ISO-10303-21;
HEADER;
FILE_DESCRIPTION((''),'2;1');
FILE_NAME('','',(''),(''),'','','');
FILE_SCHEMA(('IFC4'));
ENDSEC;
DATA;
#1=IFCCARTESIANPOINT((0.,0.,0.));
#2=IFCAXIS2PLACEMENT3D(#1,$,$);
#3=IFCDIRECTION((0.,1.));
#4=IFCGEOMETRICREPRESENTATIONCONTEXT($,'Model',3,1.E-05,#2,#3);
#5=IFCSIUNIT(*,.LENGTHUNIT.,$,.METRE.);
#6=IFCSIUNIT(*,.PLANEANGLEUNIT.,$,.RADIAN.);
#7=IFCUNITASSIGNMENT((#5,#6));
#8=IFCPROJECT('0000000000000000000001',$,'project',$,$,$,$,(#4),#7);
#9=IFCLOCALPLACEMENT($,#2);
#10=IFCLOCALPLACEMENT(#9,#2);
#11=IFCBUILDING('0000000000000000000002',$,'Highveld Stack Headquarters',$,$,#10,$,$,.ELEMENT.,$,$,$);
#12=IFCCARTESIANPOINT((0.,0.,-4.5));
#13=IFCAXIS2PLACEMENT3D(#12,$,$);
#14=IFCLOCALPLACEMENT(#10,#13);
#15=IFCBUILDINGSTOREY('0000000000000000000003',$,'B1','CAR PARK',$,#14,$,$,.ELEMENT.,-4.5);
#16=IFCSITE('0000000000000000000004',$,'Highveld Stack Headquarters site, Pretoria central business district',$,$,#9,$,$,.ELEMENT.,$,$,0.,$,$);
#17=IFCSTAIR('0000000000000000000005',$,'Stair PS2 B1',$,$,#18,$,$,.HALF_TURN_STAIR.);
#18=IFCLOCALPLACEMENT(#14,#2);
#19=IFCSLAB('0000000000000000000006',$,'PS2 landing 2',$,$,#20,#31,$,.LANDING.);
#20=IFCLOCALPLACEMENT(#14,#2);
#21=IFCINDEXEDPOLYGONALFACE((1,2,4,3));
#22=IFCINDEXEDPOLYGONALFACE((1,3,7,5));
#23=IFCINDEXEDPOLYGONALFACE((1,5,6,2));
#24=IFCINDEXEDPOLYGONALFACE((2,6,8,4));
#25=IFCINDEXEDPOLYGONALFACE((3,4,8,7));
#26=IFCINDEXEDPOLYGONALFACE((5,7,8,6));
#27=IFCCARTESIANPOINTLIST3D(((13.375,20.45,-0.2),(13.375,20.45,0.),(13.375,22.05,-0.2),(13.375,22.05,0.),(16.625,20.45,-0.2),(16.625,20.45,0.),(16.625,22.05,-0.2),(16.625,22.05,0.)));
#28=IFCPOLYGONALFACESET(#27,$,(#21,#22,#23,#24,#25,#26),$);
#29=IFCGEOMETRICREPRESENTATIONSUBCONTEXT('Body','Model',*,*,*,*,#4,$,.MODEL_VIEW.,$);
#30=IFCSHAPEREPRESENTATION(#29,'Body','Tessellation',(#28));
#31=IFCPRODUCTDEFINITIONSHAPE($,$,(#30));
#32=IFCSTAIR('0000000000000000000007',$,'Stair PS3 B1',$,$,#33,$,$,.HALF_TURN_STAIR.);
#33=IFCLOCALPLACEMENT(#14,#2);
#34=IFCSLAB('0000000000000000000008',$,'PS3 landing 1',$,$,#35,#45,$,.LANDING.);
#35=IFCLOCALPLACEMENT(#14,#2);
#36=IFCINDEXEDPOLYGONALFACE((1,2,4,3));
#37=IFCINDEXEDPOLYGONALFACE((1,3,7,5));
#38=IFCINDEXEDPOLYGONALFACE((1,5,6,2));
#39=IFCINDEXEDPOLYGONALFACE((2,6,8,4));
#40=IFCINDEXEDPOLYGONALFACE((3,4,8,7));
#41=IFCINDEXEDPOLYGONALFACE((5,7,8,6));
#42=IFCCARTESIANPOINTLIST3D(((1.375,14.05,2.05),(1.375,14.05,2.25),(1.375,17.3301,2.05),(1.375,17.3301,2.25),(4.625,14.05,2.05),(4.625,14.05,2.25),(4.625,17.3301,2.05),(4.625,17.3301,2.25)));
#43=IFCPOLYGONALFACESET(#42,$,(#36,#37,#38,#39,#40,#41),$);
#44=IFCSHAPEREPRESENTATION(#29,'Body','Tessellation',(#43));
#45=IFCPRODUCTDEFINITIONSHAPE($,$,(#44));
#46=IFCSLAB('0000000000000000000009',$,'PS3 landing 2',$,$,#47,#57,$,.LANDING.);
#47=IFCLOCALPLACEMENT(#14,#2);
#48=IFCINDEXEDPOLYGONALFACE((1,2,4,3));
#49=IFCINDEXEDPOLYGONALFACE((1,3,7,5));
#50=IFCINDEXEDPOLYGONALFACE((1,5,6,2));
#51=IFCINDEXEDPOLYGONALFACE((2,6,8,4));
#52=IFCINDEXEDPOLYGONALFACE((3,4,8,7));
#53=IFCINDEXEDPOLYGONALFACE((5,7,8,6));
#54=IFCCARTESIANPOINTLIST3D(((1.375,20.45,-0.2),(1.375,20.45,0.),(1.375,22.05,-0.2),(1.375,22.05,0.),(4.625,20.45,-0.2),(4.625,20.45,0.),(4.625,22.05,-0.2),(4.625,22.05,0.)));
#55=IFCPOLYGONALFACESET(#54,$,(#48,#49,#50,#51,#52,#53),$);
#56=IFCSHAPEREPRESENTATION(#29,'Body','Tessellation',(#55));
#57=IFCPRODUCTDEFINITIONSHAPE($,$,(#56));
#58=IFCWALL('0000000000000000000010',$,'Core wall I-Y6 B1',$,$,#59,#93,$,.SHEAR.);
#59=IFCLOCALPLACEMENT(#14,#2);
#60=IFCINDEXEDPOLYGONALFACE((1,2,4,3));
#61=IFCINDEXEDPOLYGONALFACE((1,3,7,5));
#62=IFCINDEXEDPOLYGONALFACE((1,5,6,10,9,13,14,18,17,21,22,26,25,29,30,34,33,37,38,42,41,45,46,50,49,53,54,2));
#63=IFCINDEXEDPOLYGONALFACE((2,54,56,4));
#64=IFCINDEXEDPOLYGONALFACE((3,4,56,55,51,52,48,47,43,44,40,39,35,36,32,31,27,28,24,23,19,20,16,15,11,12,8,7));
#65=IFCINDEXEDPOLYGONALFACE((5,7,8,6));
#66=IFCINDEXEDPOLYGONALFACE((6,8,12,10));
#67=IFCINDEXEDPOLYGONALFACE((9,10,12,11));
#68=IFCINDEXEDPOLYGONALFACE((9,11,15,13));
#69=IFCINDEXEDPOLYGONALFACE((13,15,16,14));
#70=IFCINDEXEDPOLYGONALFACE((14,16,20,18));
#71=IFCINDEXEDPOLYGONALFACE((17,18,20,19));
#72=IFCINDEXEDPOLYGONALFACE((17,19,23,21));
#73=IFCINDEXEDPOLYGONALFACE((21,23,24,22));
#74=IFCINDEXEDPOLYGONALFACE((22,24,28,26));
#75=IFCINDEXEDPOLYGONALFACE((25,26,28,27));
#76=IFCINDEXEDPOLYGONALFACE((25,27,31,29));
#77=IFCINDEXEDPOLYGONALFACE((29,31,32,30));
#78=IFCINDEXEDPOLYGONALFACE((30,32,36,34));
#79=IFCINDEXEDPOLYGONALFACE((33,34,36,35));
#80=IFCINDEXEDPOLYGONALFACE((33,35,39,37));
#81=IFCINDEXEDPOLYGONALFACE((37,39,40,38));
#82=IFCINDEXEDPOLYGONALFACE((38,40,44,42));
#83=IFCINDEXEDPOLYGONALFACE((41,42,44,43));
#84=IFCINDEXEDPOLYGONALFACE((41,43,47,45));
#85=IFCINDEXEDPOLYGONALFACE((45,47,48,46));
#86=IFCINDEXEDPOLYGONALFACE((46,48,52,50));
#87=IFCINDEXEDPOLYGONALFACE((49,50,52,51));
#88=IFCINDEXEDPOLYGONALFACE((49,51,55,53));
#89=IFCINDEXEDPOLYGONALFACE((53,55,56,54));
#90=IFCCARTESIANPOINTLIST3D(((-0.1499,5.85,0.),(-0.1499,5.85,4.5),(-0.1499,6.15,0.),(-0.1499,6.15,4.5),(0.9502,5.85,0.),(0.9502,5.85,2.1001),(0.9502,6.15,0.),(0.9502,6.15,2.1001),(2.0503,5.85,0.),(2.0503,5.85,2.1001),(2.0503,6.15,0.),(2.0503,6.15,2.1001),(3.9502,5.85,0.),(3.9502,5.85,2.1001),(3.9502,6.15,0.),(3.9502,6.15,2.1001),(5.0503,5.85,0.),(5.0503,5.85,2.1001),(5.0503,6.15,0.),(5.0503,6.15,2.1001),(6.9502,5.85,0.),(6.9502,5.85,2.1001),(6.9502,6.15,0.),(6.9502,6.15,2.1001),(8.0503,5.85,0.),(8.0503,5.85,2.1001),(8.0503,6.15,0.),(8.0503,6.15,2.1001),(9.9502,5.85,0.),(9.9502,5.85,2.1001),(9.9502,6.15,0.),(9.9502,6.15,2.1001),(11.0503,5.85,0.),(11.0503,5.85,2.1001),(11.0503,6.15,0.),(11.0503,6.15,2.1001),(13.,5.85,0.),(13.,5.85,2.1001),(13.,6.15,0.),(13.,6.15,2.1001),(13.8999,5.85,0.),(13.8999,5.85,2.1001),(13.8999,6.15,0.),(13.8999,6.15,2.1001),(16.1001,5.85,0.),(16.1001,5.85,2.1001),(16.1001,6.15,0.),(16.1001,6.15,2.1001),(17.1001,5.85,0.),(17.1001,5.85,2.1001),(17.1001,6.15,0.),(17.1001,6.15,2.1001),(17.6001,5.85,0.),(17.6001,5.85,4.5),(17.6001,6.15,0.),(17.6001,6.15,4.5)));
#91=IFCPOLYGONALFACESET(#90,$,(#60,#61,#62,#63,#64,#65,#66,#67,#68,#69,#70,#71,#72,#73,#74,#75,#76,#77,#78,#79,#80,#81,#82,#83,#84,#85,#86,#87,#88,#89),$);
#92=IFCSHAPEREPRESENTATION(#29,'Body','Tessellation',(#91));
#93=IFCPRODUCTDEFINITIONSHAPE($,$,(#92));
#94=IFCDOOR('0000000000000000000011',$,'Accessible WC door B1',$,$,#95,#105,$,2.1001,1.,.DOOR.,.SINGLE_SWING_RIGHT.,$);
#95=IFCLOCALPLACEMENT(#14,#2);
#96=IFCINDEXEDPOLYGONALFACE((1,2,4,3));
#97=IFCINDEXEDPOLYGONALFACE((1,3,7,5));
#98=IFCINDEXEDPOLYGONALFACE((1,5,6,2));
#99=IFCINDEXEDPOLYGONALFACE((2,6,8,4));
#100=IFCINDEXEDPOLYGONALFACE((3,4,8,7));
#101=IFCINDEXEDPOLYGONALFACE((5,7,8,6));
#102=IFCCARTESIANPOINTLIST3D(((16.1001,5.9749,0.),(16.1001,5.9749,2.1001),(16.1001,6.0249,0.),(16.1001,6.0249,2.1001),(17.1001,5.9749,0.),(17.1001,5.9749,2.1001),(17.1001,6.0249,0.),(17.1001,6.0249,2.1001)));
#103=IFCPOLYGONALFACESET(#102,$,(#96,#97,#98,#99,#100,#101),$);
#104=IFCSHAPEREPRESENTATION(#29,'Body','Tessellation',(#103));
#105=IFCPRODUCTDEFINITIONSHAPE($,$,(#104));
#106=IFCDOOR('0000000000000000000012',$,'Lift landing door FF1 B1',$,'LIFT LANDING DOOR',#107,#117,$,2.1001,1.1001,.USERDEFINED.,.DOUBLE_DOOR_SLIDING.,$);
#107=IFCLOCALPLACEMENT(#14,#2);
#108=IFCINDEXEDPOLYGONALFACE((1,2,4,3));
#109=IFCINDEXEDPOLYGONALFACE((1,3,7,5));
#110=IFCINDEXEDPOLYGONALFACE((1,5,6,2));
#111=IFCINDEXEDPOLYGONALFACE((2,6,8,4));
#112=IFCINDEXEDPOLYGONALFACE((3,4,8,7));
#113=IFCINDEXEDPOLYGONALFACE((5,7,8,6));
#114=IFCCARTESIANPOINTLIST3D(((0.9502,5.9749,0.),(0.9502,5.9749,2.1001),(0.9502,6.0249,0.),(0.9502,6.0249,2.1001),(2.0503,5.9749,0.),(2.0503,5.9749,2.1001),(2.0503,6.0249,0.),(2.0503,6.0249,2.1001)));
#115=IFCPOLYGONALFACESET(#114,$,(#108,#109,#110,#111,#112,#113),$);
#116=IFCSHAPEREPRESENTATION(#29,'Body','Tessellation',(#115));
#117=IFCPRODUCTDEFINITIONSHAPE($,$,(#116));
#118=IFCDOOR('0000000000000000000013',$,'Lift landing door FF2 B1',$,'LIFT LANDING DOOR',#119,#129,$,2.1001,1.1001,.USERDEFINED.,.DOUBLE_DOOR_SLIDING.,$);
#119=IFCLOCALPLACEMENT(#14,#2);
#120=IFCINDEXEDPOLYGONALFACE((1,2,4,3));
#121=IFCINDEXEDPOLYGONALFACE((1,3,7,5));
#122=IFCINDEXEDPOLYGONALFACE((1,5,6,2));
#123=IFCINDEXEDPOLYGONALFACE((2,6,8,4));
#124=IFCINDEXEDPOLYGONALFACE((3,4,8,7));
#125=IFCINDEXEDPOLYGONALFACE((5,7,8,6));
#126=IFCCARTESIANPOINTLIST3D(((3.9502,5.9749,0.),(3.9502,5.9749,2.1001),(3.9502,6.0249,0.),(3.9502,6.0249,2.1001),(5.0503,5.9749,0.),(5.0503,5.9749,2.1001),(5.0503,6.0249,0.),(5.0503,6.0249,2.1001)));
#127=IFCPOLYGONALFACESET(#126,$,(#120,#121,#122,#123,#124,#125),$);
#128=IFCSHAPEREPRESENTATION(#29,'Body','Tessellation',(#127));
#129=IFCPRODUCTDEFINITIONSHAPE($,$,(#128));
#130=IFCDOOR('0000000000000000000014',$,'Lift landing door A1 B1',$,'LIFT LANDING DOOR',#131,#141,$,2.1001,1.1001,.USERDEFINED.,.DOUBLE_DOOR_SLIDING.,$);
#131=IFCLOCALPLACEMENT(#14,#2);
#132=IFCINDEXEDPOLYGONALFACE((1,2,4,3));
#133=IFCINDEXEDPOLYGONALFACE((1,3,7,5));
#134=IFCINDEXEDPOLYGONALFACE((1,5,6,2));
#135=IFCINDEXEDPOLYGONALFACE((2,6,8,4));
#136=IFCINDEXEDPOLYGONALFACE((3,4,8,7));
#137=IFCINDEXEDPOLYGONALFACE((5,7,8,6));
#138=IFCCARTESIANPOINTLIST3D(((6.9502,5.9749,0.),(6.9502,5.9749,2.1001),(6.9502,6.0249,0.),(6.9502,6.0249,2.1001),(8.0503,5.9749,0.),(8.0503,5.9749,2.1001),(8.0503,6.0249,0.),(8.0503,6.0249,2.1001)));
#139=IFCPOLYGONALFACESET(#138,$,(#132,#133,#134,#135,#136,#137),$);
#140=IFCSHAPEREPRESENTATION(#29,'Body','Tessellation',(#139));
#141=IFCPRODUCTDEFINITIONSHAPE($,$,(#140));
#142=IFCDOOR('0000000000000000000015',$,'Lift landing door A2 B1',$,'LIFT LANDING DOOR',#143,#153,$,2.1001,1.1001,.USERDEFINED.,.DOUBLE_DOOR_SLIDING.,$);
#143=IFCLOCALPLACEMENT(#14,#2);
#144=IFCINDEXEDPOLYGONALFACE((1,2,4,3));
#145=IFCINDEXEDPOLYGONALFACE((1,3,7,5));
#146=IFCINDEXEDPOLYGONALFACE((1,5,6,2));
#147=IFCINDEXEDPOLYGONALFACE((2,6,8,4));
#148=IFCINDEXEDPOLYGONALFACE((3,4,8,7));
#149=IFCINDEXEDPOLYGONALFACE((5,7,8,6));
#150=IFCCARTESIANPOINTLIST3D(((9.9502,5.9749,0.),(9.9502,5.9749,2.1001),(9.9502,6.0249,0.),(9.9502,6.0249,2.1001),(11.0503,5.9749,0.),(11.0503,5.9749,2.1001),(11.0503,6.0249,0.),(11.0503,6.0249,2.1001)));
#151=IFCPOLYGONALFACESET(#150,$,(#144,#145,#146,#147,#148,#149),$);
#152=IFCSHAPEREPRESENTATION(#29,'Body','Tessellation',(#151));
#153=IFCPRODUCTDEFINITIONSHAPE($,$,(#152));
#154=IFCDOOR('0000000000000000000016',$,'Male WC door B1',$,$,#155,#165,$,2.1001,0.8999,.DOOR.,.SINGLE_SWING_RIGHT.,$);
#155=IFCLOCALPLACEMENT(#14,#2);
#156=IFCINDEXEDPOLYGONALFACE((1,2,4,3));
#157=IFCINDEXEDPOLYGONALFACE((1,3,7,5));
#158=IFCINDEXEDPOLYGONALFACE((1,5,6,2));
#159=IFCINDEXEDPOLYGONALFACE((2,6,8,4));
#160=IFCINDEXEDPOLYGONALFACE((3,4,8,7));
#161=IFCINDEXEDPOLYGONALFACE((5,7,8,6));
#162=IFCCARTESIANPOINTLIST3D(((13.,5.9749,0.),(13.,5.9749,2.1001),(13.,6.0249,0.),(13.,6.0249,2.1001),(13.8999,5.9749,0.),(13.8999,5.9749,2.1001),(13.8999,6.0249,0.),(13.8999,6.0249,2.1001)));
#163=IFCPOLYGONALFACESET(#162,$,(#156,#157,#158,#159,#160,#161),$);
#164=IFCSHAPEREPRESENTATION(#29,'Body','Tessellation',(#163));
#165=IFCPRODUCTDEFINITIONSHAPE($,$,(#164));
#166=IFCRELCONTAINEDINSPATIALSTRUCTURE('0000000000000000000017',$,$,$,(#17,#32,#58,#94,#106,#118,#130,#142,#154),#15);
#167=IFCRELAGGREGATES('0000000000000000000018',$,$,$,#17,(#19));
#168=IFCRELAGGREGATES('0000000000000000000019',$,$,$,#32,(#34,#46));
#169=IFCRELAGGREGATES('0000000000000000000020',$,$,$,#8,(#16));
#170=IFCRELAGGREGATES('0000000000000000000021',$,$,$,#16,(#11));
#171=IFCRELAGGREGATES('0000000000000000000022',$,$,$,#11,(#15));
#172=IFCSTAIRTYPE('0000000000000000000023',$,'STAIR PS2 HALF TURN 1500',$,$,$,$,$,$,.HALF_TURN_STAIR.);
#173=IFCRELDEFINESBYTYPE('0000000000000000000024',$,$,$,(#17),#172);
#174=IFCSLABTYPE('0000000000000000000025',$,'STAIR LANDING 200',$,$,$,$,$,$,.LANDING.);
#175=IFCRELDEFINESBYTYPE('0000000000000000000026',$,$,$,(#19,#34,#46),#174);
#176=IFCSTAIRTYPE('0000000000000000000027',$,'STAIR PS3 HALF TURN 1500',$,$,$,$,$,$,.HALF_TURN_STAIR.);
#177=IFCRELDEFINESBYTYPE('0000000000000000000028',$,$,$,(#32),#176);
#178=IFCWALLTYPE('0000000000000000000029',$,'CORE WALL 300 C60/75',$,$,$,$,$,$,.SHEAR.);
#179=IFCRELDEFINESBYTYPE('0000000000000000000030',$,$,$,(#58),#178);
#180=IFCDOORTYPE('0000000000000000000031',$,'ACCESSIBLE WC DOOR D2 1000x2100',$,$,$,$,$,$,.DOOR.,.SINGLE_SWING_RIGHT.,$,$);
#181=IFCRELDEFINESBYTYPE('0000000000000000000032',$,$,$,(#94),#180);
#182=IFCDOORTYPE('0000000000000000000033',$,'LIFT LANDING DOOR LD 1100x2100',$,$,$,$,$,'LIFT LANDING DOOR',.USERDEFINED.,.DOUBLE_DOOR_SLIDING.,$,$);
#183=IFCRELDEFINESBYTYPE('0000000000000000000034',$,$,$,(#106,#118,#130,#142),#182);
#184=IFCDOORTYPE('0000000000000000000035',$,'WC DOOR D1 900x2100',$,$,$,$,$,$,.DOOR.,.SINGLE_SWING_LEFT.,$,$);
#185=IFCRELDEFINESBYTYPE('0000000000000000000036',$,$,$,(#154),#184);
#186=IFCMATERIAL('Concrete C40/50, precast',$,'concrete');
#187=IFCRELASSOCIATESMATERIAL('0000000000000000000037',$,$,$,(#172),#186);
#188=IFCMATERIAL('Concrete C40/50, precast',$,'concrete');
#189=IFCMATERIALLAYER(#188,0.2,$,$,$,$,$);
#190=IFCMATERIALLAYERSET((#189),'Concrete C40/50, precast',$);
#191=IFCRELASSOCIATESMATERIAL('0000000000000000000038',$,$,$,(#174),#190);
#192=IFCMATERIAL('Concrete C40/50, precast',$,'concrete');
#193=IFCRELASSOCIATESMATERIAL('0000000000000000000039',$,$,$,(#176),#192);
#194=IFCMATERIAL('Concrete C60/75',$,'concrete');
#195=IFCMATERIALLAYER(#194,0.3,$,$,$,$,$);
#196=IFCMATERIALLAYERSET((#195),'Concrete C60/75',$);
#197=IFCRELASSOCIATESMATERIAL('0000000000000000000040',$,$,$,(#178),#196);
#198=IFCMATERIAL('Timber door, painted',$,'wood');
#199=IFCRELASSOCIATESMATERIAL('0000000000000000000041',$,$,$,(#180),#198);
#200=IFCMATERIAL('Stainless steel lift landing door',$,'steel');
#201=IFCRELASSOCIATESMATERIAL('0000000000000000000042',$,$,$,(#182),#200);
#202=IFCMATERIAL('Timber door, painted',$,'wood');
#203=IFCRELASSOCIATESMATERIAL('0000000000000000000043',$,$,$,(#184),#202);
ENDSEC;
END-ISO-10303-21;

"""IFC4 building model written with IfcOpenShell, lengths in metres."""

from ifc_helpers import new_model, si_unit, direction, frame, frame_2d, origin, place, context, subcontext, project, spatial, polyline, rectangle, outline, extrude, material, layer, layer_set, type_object, element, fill, aggregate, save


model = new_model("IFC4")

# Units and contexts
model_context = context("Model", 3, precision=1e-05, world=origin(), true_north=direction((0.0, 1.0)))
body_context = subcontext(model_context, "Body", "Model", "MODEL_VIEW")
ifc_project = project(units=[si_unit("LENGTHUNIT", "METRE"), si_unit("PLANEANGLEUNIT", "RADIAN")], contexts=[model_context])

# Site, building, storey
site_placement = place(None, origin())
site = spatial("IfcSite", under=ifc_project, at=site_placement, Name="Highveld Stack Headquarters site, Pretoria central business district", CompositionType="ELEMENT", RefElevation=0.0)
building_placement = place(site_placement, origin())
building = spatial("IfcBuilding", under=site, at=building_placement, Name="Highveld Stack Headquarters", CompositionType="ELEMENT")
storey_placement = place(building_placement, frame((0.0, 0.0, -4.5)))
storey = spatial("IfcBuildingStorey", under=building, at=storey_placement, Name="B1", Description="CAR PARK", CompositionType="ELEMENT", Elevation=-4.5)

# Stair, slab
ifc_material_1 = material(Name="Concrete C40/50, precast", Category="concrete")
stair_type_1 = type_object("IfcStairType", Name="STAIR PS2 HALF TURN 1500", PredefinedType="HALF_TURN_STAIR", material=ifc_material_1)
stair_1_placement = place(storey_placement, origin())
stair_1 = element("IfcStair", 1, at=stair_1_placement, inside=storey, type_object=stair_type_1, Name="Stair PS2 B1", PredefinedType="HALF_TURN_STAIR")
ifc_material_2 = material(Name="Concrete C40/50, precast", Category="concrete")
ifc_layer_1 = layer(ifc_material_2, 0.2)
ifc_layer_set_1 = layer_set([ifc_layer_1], Name="Concrete C40/50, precast")
slab_type = type_object("IfcSlabType", Name="STAIR LANDING 200", PredefinedType="LANDING", material=ifc_layer_set_1)
slab_1_placement = place(storey_placement, frame((0.0, 0.0, -0.2)))
slab_1 = element("IfcSlab", 2, at=slab_1_placement, type_object=slab_type, Name="PS2 landing 2", PredefinedType="LANDING", context=body_context, shape_type="SweptSolid", body=[
    extrude(outline(polyline([(13.375, 20.45), (16.625, 20.45), (16.625, 22.05), (13.375, 22.05), (13.375, 20.45)])), origin(), (0.0, 0.0, 1.0), 0.2),
])
aggregate(stair_1, [slab_1])

# Stair, slabs
ifc_material_3 = material(Name="Concrete C40/50, precast", Category="concrete")
stair_type_2 = type_object("IfcStairType", Name="STAIR PS3 HALF TURN 1500", PredefinedType="HALF_TURN_STAIR", material=ifc_material_3)
stair_2_placement = place(storey_placement, origin())
stair_2 = element("IfcStair", 3, at=stair_2_placement, inside=storey, type_object=stair_type_2, Name="Stair PS3 B1", PredefinedType="HALF_TURN_STAIR")
slab_2_placement = place(storey_placement, frame((0.0, 0.0, 2.05)))
slab_2 = element("IfcSlab", 4, at=slab_2_placement, type_object=slab_type, Name="PS3 landing 1", PredefinedType="LANDING", context=body_context, shape_type="SweptSolid", body=[
    extrude(outline(polyline([(1.375, 14.05), (4.625, 14.05), (4.625, 17.3301), (1.375, 17.3301), (1.375, 14.05)])), origin(), (0.0, 0.0, 1.0), 0.2),
])
slab_3_placement = place(storey_placement, frame((0.0, 0.0, -0.2)))
slab_3 = element("IfcSlab", 5, at=slab_3_placement, type_object=slab_type, Name="PS3 landing 2", PredefinedType="LANDING", context=body_context, shape_type="SweptSolid", body=[
    extrude(outline(polyline([(1.375, 20.45), (4.625, 20.45), (4.625, 22.05), (1.375, 22.05), (1.375, 20.45)])), origin(), (0.0, 0.0, 1.0), 0.2),
])
aggregate(stair_2, [slab_2, slab_3])

# Wall, openings, doors
ifc_material_4 = material(Name="Concrete C60/75", Category="concrete")
ifc_layer_2 = layer(ifc_material_4, 0.3)
ifc_layer_set_2 = layer_set([ifc_layer_2], Name="Concrete C60/75")
wall_type = type_object("IfcWallType", Name="CORE WALL 300 C60/75", PredefinedType="SHEAR", material=ifc_layer_set_2)
wall_placement = place(storey_placement, frame((-0.1499, 6.0, 0.0), z_axis=(0.0, 0.0, 1.0), x_axis=(1.0, 0.0, 0.0)))
wall = element("IfcWall", 6, at=wall_placement, inside=storey, type_object=wall_type, Name="Core wall I-Y6 B1", PredefinedType="SHEAR", context=body_context, shape_type="SweptSolid", body=[
    extrude(rectangle(XDim=17.75, YDim=0.3, at=frame_2d((8.875, 0.0))), origin(), (0.0, 0.0, 1.0), 4.5),
])
opening_1_placement = place(wall_placement, frame((13.1499, 0.0, 0.0)))
opening_1 = element("IfcOpeningElement", 7, at=opening_1_placement, cuts=wall, PredefinedType="OPENING", context=body_context, shape_type="SweptSolid", body=[
    extrude(rectangle(XDim=0.8999, YDim=2.1001, at=frame_2d((0.45, 1.05))), frame((0.0, 0.1599, 0.0), z_axis=(0.0, -1.0, 0.0), x_axis=(1.0, 0.0, 0.0)), (0.0, 0.0, 1.0), 0.3201),
])
opening_2_placement = place(wall_placement, frame((16.25, 0.0, 0.0)))
opening_2 = element("IfcOpeningElement", 8, at=opening_2_placement, cuts=wall, PredefinedType="OPENING", context=body_context, shape_type="SweptSolid", body=[
    extrude(rectangle(XDim=1.0, YDim=2.1001, at=frame_2d((0.5, 1.05))), frame((0.0, 0.1599, 0.0), z_axis=(0.0, -1.0, 0.0), x_axis=(1.0, 0.0, 0.0)), (0.0, 0.0, 1.0), 0.3201),
])
opening_3_placement = place(wall_placement, frame((1.1001, 0.0, 0.0)))
opening_3 = element("IfcOpeningElement", 9, at=opening_3_placement, cuts=wall, PredefinedType="OPENING", context=body_context, shape_type="SweptSolid", body=[
    extrude(rectangle(XDim=1.1001, YDim=2.1001, at=frame_2d((0.55, 1.05))), frame((0.0, 0.1599, 0.0), z_axis=(0.0, -1.0, 0.0), x_axis=(1.0, 0.0, 0.0)), (0.0, 0.0, 1.0), 0.3201),
])
opening_4_placement = place(wall_placement, frame((4.1001, 0.0, 0.0)))
opening_4 = element("IfcOpeningElement", 10, at=opening_4_placement, cuts=wall, PredefinedType="OPENING", context=body_context, shape_type="SweptSolid", body=[
    extrude(rectangle(XDim=1.1001, YDim=2.1001, at=frame_2d((0.55, 1.05))), frame((0.0, 0.1599, 0.0), z_axis=(0.0, -1.0, 0.0), x_axis=(1.0, 0.0, 0.0)), (0.0, 0.0, 1.0), 0.3201),
])
opening_5_placement = place(wall_placement, frame((7.1001, 0.0, 0.0)))
opening_5 = element("IfcOpeningElement", 11, at=opening_5_placement, cuts=wall, PredefinedType="OPENING", context=body_context, shape_type="SweptSolid", body=[
    extrude(rectangle(XDim=1.1001, YDim=2.1001, at=frame_2d((0.55, 1.05))), frame((0.0, 0.1599, 0.0), z_axis=(0.0, -1.0, 0.0), x_axis=(1.0, 0.0, 0.0)), (0.0, 0.0, 1.0), 0.3201),
])
opening_6_placement = place(wall_placement, frame((10.1001, 0.0, 0.0)))
opening_6 = element("IfcOpeningElement", 12, at=opening_6_placement, cuts=wall, PredefinedType="OPENING", context=body_context, shape_type="SweptSolid", body=[
    extrude(rectangle(XDim=1.1001, YDim=2.1001, at=frame_2d((0.55, 1.05))), frame((0.0, 0.1599, 0.0), z_axis=(0.0, -1.0, 0.0), x_axis=(1.0, 0.0, 0.0)), (0.0, 0.0, 1.0), 0.3201),
])
ifc_material_5 = material(Name="Timber door, painted", Category="wood")
door_type_1 = type_object("IfcDoorType", Name="ACCESSIBLE WC DOOR D2 1000x2100", OperationType="SINGLE_SWING_RIGHT", PredefinedType="DOOR", material=ifc_material_5)
door_1_placement = place(opening_2_placement, origin())
door_1 = element("IfcDoor", 13, at=door_1_placement, inside=storey, type_object=door_type_1, Name="Accessible WC door B1", OperationType="SINGLE_SWING_RIGHT", OverallHeight=2.1001, OverallWidth=1.0, PredefinedType="DOOR", context=body_context, shape_type="SweptSolid", body=[
    extrude(rectangle(XDim=1.0, YDim=2.1001, at=frame_2d((0.5, 1.05))), frame((0.0, 0.0249, 0.0), z_axis=(0.0, -1.0, 0.0), x_axis=(1.0, 0.0, 0.0)), (0.0, 0.0, 1.0), 0.05),
])
fill(opening_2, door_1)
ifc_material_6 = material(Name="Stainless steel lift landing door", Category="steel")
door_type_2 = type_object("IfcDoorType", Name="LIFT LANDING DOOR LD 1100x2100", ElementType="LIFT LANDING DOOR", OperationType="DOUBLE_DOOR_SLIDING", PredefinedType="USERDEFINED", material=ifc_material_6)
door_2_placement = place(opening_3_placement, origin())
door_2 = element("IfcDoor", 14, at=door_2_placement, inside=storey, type_object=door_type_2, Name="Lift landing door FF1 B1", ObjectType="LIFT LANDING DOOR", OperationType="DOUBLE_DOOR_SLIDING", OverallHeight=2.1001, OverallWidth=1.1001, PredefinedType="USERDEFINED", context=body_context, shape_type="SweptSolid", body=[
    extrude(rectangle(XDim=1.1001, YDim=2.1001, at=frame_2d((0.55, 1.05))), frame((0.0, 0.0249, 0.0), z_axis=(0.0, -1.0, 0.0), x_axis=(1.0, 0.0, 0.0)), (0.0, 0.0, 1.0), 0.05),
])
fill(opening_3, door_2)
door_3_placement = place(opening_4_placement, origin())
door_3 = element("IfcDoor", 15, at=door_3_placement, inside=storey, type_object=door_type_2, Name="Lift landing door FF2 B1", ObjectType="LIFT LANDING DOOR", OperationType="DOUBLE_DOOR_SLIDING", OverallHeight=2.1001, OverallWidth=1.1001, PredefinedType="USERDEFINED", context=body_context, shape_type="SweptSolid", body=[
    extrude(rectangle(XDim=1.1001, YDim=2.1001, at=frame_2d((0.55, 1.05))), frame((0.0, 0.0249, 0.0), z_axis=(0.0, -1.0, 0.0), x_axis=(1.0, 0.0, 0.0)), (0.0, 0.0, 1.0), 0.05),
])
fill(opening_4, door_3)
door_4_placement = place(opening_5_placement, origin())
door_4 = element("IfcDoor", 16, at=door_4_placement, inside=storey, type_object=door_type_2, Name="Lift landing door A1 B1", ObjectType="LIFT LANDING DOOR", OperationType="DOUBLE_DOOR_SLIDING", OverallHeight=2.1001, OverallWidth=1.1001, PredefinedType="USERDEFINED", context=body_context, shape_type="SweptSolid", body=[
    extrude(rectangle(XDim=1.1001, YDim=2.1001, at=frame_2d((0.55, 1.05))), frame((0.0, 0.0249, 0.0), z_axis=(0.0, -1.0, 0.0), x_axis=(1.0, 0.0, 0.0)), (0.0, 0.0, 1.0), 0.05),
])
fill(opening_5, door_4)
door_5_placement = place(opening_6_placement, origin())
door_5 = element("IfcDoor", 17, at=door_5_placement, inside=storey, type_object=door_type_2, Name="Lift landing door A2 B1", ObjectType="LIFT LANDING DOOR", OperationType="DOUBLE_DOOR_SLIDING", OverallHeight=2.1001, OverallWidth=1.1001, PredefinedType="USERDEFINED", context=body_context, shape_type="SweptSolid", body=[
    extrude(rectangle(XDim=1.1001, YDim=2.1001, at=frame_2d((0.55, 1.05))), frame((0.0, 0.0249, 0.0), z_axis=(0.0, -1.0, 0.0), x_axis=(1.0, 0.0, 0.0)), (0.0, 0.0, 1.0), 0.05),
])
fill(opening_6, door_5)
ifc_material_7 = material(Name="Timber door, painted", Category="wood")
door_type_3 = type_object("IfcDoorType", Name="WC DOOR D1 900x2100", OperationType="SINGLE_SWING_LEFT", PredefinedType="DOOR", material=ifc_material_7)
door_6_placement = place(opening_1_placement, origin())
door_6 = element("IfcDoor", 18, at=door_6_placement, inside=storey, type_object=door_type_3, Name="Male WC door B1", OperationType="SINGLE_SWING_RIGHT", OverallHeight=2.1001, OverallWidth=0.8999, PredefinedType="DOOR", context=body_context, shape_type="SweptSolid", body=[
    extrude(rectangle(XDim=0.8999, YDim=2.1001, at=frame_2d((0.45, 1.05))), frame((0.0, 0.0249, 0.0), z_axis=(0.0, -1.0, 0.0), x_axis=(1.0, 0.0, 0.0)), (0.0, 0.0, 1.0), 0.05),
])
fill(opening_1, door_6)

save(model, "model.ifc")
